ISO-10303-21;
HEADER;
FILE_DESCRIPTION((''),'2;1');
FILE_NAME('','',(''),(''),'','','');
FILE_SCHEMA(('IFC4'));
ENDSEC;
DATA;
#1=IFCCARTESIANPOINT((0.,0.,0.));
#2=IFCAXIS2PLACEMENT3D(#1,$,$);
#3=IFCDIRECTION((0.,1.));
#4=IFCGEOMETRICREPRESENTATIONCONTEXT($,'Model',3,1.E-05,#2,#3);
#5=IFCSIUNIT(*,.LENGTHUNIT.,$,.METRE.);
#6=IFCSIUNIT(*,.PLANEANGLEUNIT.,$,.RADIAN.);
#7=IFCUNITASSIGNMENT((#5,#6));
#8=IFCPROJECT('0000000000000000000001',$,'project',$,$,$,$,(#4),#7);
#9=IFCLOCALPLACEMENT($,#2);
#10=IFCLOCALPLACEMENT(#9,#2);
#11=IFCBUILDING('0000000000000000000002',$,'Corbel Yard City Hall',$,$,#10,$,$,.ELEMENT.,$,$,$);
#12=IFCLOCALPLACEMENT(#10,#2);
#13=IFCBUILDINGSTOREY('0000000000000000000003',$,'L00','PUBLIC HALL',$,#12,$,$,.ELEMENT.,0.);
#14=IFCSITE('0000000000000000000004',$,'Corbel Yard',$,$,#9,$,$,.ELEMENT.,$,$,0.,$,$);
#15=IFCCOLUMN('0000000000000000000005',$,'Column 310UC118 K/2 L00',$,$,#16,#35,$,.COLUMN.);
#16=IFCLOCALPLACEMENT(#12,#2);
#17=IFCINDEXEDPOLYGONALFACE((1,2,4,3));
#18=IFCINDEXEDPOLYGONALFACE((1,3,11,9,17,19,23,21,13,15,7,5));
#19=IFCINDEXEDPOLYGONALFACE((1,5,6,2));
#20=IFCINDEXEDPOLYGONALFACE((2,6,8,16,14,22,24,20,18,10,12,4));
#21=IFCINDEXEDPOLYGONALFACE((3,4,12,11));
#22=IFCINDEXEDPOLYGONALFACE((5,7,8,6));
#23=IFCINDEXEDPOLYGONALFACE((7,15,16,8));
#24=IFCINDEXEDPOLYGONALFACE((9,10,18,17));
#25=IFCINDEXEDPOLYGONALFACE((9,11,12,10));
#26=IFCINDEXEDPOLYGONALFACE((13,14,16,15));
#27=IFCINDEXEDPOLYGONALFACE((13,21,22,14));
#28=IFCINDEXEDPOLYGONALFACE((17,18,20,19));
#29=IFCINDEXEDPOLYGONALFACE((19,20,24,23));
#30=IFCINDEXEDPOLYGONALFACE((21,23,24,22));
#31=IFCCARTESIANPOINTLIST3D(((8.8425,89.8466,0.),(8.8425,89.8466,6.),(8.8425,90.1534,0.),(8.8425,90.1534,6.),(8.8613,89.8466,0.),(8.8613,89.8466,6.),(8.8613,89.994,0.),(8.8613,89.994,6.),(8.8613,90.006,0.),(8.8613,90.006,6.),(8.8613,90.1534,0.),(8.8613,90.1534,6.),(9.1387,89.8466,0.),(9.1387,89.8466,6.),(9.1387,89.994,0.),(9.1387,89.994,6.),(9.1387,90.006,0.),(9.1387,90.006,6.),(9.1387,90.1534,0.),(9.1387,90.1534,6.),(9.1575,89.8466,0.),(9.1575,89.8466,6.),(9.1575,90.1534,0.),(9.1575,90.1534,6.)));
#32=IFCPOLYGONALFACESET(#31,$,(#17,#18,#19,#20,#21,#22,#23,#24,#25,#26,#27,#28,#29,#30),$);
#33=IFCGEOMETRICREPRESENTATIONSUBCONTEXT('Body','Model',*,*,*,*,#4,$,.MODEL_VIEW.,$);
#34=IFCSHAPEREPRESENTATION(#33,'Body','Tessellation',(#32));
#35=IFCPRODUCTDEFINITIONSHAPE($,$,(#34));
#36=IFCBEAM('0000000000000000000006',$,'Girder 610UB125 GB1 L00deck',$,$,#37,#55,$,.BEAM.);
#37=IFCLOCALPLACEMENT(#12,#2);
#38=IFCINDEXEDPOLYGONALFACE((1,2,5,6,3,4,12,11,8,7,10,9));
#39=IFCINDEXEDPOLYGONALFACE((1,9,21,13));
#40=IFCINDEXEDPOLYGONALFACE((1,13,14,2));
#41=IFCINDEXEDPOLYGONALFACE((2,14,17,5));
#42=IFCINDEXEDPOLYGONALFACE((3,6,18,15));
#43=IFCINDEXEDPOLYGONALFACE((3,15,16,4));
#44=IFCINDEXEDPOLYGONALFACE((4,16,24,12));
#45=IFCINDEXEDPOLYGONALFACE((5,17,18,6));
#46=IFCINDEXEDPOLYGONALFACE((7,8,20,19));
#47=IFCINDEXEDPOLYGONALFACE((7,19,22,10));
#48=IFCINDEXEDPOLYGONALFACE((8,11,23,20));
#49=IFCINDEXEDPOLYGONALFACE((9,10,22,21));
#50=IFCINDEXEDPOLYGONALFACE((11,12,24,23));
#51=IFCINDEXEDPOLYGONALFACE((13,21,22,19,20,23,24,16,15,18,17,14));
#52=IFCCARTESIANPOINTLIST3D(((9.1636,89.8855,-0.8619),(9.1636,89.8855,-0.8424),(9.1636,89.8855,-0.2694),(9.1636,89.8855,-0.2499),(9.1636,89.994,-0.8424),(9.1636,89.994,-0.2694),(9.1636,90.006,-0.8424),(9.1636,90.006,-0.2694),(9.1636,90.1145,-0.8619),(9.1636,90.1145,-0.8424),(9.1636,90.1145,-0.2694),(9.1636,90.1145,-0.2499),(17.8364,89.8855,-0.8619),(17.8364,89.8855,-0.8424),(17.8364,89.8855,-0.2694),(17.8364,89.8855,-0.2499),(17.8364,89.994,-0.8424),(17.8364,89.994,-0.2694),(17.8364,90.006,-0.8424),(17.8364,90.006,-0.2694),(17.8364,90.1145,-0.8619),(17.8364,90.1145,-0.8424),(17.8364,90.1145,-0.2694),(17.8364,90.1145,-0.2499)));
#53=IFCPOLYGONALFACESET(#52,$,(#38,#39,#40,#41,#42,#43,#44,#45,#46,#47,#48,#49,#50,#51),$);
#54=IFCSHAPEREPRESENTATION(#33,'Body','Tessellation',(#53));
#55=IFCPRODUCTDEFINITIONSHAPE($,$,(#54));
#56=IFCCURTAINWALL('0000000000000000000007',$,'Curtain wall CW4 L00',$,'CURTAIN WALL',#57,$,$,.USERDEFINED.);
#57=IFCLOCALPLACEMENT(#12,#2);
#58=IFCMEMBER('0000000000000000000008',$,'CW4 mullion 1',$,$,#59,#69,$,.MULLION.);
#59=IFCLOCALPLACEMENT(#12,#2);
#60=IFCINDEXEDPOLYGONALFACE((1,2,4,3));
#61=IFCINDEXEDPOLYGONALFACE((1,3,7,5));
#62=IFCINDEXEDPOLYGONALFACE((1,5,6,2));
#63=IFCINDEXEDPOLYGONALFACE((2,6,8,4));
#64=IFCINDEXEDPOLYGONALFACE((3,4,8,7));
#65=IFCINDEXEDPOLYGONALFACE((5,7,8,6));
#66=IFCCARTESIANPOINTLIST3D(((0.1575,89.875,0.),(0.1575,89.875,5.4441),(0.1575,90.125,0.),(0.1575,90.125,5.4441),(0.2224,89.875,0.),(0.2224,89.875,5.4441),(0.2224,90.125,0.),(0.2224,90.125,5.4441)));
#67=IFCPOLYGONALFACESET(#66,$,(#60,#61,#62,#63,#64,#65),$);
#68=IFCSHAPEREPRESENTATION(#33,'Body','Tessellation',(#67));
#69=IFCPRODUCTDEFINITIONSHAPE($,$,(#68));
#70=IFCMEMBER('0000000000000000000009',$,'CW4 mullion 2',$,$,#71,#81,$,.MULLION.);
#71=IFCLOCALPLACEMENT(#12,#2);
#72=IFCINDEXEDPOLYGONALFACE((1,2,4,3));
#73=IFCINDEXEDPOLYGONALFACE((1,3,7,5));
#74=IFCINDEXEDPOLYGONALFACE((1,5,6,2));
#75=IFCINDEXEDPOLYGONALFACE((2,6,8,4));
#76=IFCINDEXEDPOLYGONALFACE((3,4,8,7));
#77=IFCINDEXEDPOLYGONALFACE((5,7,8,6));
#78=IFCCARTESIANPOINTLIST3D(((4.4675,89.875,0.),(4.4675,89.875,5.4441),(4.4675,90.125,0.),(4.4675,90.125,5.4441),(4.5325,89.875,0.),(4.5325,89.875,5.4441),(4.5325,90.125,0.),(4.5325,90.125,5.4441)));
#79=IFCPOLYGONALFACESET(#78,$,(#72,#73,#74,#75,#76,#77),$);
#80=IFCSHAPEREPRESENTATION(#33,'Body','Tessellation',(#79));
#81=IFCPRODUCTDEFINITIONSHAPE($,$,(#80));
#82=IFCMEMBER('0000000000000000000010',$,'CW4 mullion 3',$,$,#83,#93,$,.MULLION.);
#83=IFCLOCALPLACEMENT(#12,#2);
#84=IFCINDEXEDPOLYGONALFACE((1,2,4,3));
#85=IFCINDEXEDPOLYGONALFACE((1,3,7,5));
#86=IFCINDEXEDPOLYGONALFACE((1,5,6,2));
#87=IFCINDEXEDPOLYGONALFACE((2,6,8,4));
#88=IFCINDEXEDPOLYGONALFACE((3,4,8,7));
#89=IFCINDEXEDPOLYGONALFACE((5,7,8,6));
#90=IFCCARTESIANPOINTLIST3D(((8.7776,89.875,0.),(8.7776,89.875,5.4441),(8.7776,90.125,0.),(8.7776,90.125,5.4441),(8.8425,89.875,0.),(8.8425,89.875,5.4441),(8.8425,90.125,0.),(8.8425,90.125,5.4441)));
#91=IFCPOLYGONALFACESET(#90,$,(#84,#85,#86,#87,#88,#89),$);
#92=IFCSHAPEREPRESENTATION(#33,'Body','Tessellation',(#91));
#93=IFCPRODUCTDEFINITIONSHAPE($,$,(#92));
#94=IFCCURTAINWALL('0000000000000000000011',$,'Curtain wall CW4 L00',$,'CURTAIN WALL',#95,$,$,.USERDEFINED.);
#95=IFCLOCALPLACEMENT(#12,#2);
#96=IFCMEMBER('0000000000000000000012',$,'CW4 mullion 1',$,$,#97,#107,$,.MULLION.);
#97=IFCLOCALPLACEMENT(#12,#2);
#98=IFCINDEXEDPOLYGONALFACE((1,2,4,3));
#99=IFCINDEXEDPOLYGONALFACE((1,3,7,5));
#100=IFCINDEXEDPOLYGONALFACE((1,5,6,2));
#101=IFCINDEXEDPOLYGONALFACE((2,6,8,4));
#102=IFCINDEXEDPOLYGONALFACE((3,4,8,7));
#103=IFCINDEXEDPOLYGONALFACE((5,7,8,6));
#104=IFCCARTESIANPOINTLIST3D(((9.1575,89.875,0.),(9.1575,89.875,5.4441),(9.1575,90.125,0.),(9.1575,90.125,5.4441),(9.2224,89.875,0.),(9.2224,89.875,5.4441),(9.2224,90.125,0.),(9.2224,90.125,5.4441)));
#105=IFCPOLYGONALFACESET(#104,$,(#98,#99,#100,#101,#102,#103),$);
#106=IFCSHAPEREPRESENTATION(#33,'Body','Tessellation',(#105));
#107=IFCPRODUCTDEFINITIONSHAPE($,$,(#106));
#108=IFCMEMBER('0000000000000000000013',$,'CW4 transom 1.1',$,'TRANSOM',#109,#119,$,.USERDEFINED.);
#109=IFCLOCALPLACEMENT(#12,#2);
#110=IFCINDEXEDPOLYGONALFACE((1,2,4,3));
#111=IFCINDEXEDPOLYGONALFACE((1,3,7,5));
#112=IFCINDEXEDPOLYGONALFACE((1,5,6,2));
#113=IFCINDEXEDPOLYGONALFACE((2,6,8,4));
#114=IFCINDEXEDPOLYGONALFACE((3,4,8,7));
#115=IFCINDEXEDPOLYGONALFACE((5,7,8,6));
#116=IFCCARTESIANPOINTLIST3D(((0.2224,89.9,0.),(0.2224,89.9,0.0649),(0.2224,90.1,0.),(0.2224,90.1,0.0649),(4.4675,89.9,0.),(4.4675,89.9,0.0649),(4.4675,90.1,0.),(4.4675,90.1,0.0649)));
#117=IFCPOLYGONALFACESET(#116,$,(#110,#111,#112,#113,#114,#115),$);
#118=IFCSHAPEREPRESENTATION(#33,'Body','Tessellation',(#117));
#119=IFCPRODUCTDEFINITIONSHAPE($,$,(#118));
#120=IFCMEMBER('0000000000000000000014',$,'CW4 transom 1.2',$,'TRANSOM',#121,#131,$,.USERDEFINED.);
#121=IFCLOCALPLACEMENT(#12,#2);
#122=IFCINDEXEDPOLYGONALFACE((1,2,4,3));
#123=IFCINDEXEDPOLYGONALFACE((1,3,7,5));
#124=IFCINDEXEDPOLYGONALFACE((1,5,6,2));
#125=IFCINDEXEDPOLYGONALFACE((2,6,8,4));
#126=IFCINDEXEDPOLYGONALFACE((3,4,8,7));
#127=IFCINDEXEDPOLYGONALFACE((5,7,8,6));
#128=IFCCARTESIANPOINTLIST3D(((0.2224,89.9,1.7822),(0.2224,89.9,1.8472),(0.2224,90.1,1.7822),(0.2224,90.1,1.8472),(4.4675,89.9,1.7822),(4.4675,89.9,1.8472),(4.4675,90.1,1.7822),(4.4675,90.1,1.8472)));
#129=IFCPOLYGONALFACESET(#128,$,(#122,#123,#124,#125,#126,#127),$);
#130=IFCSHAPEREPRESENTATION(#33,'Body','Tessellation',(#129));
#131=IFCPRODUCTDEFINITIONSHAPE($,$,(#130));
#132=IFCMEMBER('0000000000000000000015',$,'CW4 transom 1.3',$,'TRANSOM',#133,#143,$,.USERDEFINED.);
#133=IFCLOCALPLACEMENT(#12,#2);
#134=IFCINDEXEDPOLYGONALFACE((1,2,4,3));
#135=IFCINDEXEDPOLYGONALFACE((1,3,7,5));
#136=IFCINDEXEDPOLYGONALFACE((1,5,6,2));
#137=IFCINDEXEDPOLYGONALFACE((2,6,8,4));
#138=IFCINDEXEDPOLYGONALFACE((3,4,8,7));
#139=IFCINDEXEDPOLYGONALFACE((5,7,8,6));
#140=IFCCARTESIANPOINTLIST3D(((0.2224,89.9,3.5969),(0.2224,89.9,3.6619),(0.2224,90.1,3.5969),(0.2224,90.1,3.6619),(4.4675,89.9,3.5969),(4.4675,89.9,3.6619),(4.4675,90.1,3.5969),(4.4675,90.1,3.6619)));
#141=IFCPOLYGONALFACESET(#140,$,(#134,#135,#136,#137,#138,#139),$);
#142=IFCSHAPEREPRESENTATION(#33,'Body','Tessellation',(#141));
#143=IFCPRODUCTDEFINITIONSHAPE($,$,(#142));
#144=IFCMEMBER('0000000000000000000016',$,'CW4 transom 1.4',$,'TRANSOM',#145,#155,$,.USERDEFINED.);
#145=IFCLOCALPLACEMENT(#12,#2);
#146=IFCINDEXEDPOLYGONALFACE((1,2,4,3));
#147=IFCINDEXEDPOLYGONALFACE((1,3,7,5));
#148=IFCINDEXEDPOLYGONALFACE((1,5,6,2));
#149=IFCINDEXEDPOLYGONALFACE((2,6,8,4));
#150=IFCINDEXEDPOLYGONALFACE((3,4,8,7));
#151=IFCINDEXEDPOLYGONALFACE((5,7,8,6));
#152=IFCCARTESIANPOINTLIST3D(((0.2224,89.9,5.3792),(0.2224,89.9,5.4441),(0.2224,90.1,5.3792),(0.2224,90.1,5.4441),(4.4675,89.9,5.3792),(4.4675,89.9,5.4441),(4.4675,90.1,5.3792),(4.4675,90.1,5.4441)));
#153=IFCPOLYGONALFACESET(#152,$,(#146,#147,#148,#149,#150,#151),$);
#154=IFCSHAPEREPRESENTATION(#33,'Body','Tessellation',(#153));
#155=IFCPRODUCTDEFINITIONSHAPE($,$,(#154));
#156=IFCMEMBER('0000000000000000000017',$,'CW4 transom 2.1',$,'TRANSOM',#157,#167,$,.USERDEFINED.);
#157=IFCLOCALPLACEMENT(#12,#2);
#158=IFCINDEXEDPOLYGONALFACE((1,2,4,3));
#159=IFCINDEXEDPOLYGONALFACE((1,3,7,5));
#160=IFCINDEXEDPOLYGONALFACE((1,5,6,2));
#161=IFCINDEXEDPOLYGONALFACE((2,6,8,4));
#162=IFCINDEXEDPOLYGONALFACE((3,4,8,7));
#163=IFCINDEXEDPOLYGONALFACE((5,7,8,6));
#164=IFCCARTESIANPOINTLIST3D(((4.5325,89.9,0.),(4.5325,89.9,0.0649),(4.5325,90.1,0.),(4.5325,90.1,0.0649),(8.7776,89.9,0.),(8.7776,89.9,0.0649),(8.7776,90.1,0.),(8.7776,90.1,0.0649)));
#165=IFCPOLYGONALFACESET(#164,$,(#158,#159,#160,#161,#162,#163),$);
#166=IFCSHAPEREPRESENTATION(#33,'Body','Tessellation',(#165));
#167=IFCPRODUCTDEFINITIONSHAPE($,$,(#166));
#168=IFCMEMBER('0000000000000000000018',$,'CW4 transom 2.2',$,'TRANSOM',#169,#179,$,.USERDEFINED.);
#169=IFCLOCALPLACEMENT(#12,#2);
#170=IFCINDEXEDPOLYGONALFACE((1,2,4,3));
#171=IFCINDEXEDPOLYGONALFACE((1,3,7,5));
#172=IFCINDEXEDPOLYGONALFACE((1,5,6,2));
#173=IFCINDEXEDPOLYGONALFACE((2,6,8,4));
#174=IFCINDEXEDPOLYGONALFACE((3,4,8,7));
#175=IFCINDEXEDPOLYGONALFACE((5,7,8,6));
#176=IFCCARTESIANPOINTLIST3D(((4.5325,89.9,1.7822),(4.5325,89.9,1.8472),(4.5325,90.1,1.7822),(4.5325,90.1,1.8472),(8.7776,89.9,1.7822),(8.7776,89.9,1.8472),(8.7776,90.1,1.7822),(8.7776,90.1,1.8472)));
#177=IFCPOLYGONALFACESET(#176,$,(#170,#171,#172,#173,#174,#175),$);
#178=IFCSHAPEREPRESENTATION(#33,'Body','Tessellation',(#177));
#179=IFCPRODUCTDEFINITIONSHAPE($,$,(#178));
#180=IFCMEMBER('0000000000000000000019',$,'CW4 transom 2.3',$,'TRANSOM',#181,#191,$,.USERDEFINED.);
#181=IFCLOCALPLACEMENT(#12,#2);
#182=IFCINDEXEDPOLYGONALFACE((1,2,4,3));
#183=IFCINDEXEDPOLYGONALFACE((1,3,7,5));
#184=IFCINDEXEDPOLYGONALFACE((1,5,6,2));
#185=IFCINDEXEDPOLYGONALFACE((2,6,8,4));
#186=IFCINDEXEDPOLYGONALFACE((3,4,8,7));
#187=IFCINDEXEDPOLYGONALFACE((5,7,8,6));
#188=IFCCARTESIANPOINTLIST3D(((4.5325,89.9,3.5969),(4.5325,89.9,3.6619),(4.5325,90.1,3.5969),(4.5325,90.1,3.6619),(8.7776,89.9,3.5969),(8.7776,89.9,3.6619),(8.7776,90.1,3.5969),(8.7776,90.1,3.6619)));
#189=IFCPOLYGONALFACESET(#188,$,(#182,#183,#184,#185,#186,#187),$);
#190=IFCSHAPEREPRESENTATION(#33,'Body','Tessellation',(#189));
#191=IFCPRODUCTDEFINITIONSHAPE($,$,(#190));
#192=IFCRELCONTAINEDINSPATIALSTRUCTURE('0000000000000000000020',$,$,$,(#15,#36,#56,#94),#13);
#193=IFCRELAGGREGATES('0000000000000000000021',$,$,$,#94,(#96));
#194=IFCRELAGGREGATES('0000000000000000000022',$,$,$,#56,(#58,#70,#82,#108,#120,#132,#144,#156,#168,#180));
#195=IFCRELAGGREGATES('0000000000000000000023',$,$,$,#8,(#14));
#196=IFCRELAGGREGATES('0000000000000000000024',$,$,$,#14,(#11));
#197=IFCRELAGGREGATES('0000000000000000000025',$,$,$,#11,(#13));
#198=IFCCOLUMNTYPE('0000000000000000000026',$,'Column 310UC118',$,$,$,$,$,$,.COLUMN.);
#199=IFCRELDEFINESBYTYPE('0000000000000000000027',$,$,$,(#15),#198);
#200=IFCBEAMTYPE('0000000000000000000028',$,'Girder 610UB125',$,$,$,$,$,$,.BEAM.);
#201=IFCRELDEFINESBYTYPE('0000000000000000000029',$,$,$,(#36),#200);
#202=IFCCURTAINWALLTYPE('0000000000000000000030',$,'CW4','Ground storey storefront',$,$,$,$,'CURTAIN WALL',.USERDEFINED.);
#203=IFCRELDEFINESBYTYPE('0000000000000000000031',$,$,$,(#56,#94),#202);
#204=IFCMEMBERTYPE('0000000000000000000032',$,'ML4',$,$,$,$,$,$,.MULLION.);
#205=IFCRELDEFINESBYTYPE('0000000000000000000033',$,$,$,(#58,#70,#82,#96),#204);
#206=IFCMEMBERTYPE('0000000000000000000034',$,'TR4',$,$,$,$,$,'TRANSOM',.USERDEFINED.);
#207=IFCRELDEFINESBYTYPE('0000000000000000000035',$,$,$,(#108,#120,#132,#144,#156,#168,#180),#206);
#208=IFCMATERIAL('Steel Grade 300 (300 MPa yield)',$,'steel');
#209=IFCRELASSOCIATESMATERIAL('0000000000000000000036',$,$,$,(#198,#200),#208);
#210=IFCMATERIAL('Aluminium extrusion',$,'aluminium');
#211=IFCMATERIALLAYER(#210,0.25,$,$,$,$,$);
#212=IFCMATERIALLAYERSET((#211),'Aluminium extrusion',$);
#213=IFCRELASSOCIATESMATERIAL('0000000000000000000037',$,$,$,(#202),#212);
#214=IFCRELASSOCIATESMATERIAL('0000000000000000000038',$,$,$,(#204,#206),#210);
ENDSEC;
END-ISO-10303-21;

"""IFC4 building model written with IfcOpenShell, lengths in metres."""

from ifc_helpers import new_model, si_unit, direction, frame, origin, origin_2d, place, context, subcontext, project, spatial, rectangle, i_section, extrude, material, layer, layer_set, material_profile, profile_set, type_object, element, aggregate, save


model = new_model("IFC4")

# Units and contexts
model_context = context("Model", 3, precision=1e-05, world=origin(), true_north=direction((0.0, 1.0)))
body_context = subcontext(model_context, "Body", "Model", "MODEL_VIEW")
ifc_project = project(units=[si_unit("LENGTHUNIT", "METRE"), si_unit("PLANEANGLEUNIT", "RADIAN")], contexts=[model_context])

# Site, building, storey
site_placement = place(None, origin())
site = spatial("IfcSite", under=ifc_project, at=site_placement, Name="Corbel Yard", CompositionType="ELEMENT", RefElevation=0.0)
building_placement = place(site_placement, origin())
building = spatial("IfcBuilding", under=site, at=building_placement, Name="Corbel Yard City Hall", CompositionType="ELEMENT")
storey_placement = place(building_placement, origin())
storey = spatial("IfcBuildingStorey", under=building, at=storey_placement, Name="L00", Description="PUBLIC HALL", CompositionType="ELEMENT", Elevation=0.0)

# Column
ifc_material_1 = material(Name="Steel Grade 300 (300 MPa yield)", Category="steel")
ifc_material_profile_1 = material_profile(ifc_material_1, i_section(OverallWidth=0.3069, OverallDepth=0.3149, WebThickness=0.012, FlangeThickness=0.0188, at=origin_2d()), Name="310UC118")
ifc_profile_set_1 = profile_set([ifc_material_profile_1], Name="Steel Grade 300 (300 MPa yield)")
column_type = type_object("IfcColumnType", Name="Column 310UC118", PredefinedType="COLUMN", material=ifc_profile_set_1)
column_placement = place(storey_placement, frame((9.0, 90.0, 0.0), z_axis=(0.0, 0.0, 1.0), x_axis=(0.0, 1.0, 0.0)))
element("IfcColumn", 1, at=column_placement, inside=storey, type_object=column_type, Name="Column 310UC118 K/2 L00", PredefinedType="COLUMN", context=body_context, shape_type="SweptSolid", body=[
    extrude(i_section(OverallWidth=0.3069, OverallDepth=0.3149, WebThickness=0.012, FlangeThickness=0.0188, at=origin_2d()), origin(), (0.0, 0.0, 1.0), 6.0),
])

# Beam
ifc_material_profile_2 = material_profile(ifc_material_1, i_section(OverallWidth=0.229, OverallDepth=0.6121, WebThickness=0.012, FlangeThickness=0.0195, at=origin_2d()), Name="610UB125")
ifc_profile_set_2 = profile_set([ifc_material_profile_2], Name="Steel Grade 300 (300 MPa yield)")
beam_type = type_object("IfcBeamType", Name="Girder 610UB125", PredefinedType="BEAM", material=ifc_profile_set_2)
beam_placement = place(storey_placement, frame((9.1636, 90.0, -0.5559), z_axis=(1.0, 0.0, 0.0), x_axis=(0.0, 1.0, 0.0)))
element("IfcBeam", 2, at=beam_placement, inside=storey, type_object=beam_type, Name="Girder 610UB125 GB1 L00deck", PredefinedType="BEAM", context=body_context, shape_type="SweptSolid", body=[
    extrude(i_section(OverallWidth=0.229, OverallDepth=0.6121, WebThickness=0.012, FlangeThickness=0.0195, at=origin_2d()), origin(), (0.0, 0.0, 1.0), 8.6729),
])

# Curtain wall, members
ifc_material_2 = material(Name="Aluminium extrusion", Category="aluminium")
ifc_layer_1 = layer(ifc_material_2, 0.25)
ifc_layer_set_1 = layer_set([ifc_layer_1], Name="Aluminium extrusion")
curtain_wall_type = type_object("IfcCurtainWallType", Name="CW4", Description="Ground storey storefront", ElementType="CURTAIN WALL", PredefinedType="USERDEFINED", material=ifc_layer_set_1)
curtain_wall_1_placement = place(storey_placement, origin())
curtain_wall_1 = element("IfcCurtainWall", 3, at=curtain_wall_1_placement, inside=storey, type_object=curtain_wall_type, Name="Curtain wall CW4 L00", ObjectType="CURTAIN WALL", PredefinedType="USERDEFINED")
ifc_material_profile_3 = material_profile(ifc_material_2, rectangle(XDim=0.25, YDim=0.0649, at=origin_2d()), Name="250x65")
ifc_profile_set_3 = profile_set([ifc_material_profile_3], Name="Aluminium extrusion")
member_type_1 = type_object("IfcMemberType", Name="ML4", PredefinedType="MULLION", material=ifc_profile_set_3)
member_1_placement = place(storey_placement, frame((0.1899, 90.0, 0.0), z_axis=(0.0, 0.0, 1.0), x_axis=(0.0, 1.0, 0.0)))
member_1 = element("IfcMember", 4, at=member_1_placement, type_object=member_type_1, Name="CW4 mullion 1", PredefinedType="MULLION", context=body_context, shape_type="SweptSolid", body=[
    extrude(rectangle(XDim=0.25, YDim=0.0649, at=origin_2d()), origin(), (0.0, 0.0, 1.0), 5.4441),
])
member_2_placement = place(storey_placement, frame((4.5, 90.0, 0.0), z_axis=(0.0, 0.0, 1.0), x_axis=(0.0, 1.0, 0.0)))
member_2 = element("IfcMember", 5, at=member_2_placement, type_object=member_type_1, Name="CW4 mullion 2", PredefinedType="MULLION", context=body_context, shape_type="SweptSolid", body=[
    extrude(rectangle(XDim=0.25, YDim=0.0649, at=origin_2d()), origin(), (0.0, 0.0, 1.0), 5.4441),
])
member_3_placement = place(storey_placement, frame((8.8101, 90.0, 0.0), z_axis=(0.0, 0.0, 1.0), x_axis=(0.0, 1.0, 0.0)))
member_3 = element("IfcMember", 6, at=member_3_placement, type_object=member_type_1, Name="CW4 mullion 3", PredefinedType="MULLION", context=body_context, shape_type="SweptSolid", body=[
    extrude(rectangle(XDim=0.25, YDim=0.0649, at=origin_2d()), origin(), (0.0, 0.0, 1.0), 5.4441),
])

# Curtain wall, member
curtain_wall_2_placement = place(storey_placement, origin())
curtain_wall_2 = element("IfcCurtainWall", 7, at=curtain_wall_2_placement, inside=storey, type_object=curtain_wall_type, Name="Curtain wall CW4 L00", ObjectType="CURTAIN WALL", PredefinedType="USERDEFINED")
member_4_placement = place(storey_placement, frame((9.1899, 90.0, 0.0), z_axis=(0.0, 0.0, 1.0), x_axis=(0.0, 1.0, 0.0)))
member_4 = element("IfcMember", 8, at=member_4_placement, type_object=member_type_1, Name="CW4 mullion 1", PredefinedType="MULLION", context=body_context, shape_type="SweptSolid", body=[
    extrude(rectangle(XDim=0.25, YDim=0.0649, at=origin_2d()), origin(), (0.0, 0.0, 1.0), 5.4441),
])

# Members
ifc_material_profile_4 = material_profile(ifc_material_2, rectangle(XDim=0.2, YDim=0.0649, at=origin_2d()), Name="200x65")
ifc_profile_set_4 = profile_set([ifc_material_profile_4], Name="Aluminium extrusion")
member_type_2 = type_object("IfcMemberType", Name="TR4", ElementType="TRANSOM", PredefinedType="USERDEFINED", material=ifc_profile_set_4)
member_5_placement = place(storey_placement, frame((0.2224, 90.0, 0.0325), z_axis=(1.0, 0.0, 0.0), x_axis=(0.0, 1.0, 0.0)))
member_5 = element("IfcMember", 9, at=member_5_placement, type_object=member_type_2, Name="CW4 transom 1.1", ObjectType="TRANSOM", PredefinedType="USERDEFINED", context=body_context, shape_type="SweptSolid", body=[
    extrude(rectangle(XDim=0.2, YDim=0.0649, at=origin_2d()), origin(), (0.0, 0.0, 1.0), 4.2451),
])
member_6_placement = place(storey_placement, frame((0.2224, 90.0, 1.8147), z_axis=(1.0, 0.0, 0.0), x_axis=(0.0, 1.0, 0.0)))
member_6 = element("IfcMember", 10, at=member_6_placement, type_object=member_type_2, Name="CW4 transom 1.2", ObjectType="TRANSOM", PredefinedType="USERDEFINED", context=body_context, shape_type="SweptSolid", body=[
    extrude(rectangle(XDim=0.2, YDim=0.0649, at=origin_2d()), origin(), (0.0, 0.0, 1.0), 4.2451),
])
member_7_placement = place(storey_placement, frame((0.2224, 90.0, 3.6294), z_axis=(1.0, 0.0, 0.0), x_axis=(0.0, 1.0, 0.0)))
member_7 = element("IfcMember", 11, at=member_7_placement, type_object=member_type_2, Name="CW4 transom 1.3", ObjectType="TRANSOM", PredefinedType="USERDEFINED", context=body_context, shape_type="SweptSolid", body=[
    extrude(rectangle(XDim=0.2, YDim=0.0649, at=origin_2d()), origin(), (0.0, 0.0, 1.0), 4.2451),
])
member_8_placement = place(storey_placement, frame((0.2224, 90.0, 5.4116), z_axis=(1.0, 0.0, 0.0), x_axis=(0.0, 1.0, 0.0)))
member_8 = element("IfcMember", 12, at=member_8_placement, type_object=member_type_2, Name="CW4 transom 1.4", ObjectType="TRANSOM", PredefinedType="USERDEFINED", context=body_context, shape_type="SweptSolid", body=[
    extrude(rectangle(XDim=0.2, YDim=0.0649, at=origin_2d()), origin(), (0.0, 0.0, 1.0), 4.2451),
])
member_9_placement = place(storey_placement, frame((4.5325, 90.0, 0.0325), z_axis=(1.0, 0.0, 0.0), x_axis=(0.0, 1.0, 0.0)))
member_9 = element("IfcMember", 13, at=member_9_placement, type_object=member_type_2, Name="CW4 transom 2.1", ObjectType="TRANSOM", PredefinedType="USERDEFINED", context=body_context, shape_type="SweptSolid", body=[
    extrude(rectangle(XDim=0.2, YDim=0.0649, at=origin_2d()), origin(), (0.0, 0.0, 1.0), 4.2451),
])
member_10_placement = place(storey_placement, frame((4.5325, 90.0, 1.8147), z_axis=(1.0, 0.0, 0.0), x_axis=(0.0, 1.0, 0.0)))
member_10 = element("IfcMember", 14, at=member_10_placement, type_object=member_type_2, Name="CW4 transom 2.2", ObjectType="TRANSOM", PredefinedType="USERDEFINED", context=body_context, shape_type="SweptSolid", body=[
    extrude(rectangle(XDim=0.2, YDim=0.0649, at=origin_2d()), origin(), (0.0, 0.0, 1.0), 4.2451),
])
member_11_placement = place(storey_placement, frame((4.5325, 90.0, 3.6294), z_axis=(1.0, 0.0, 0.0), x_axis=(0.0, 1.0, 0.0)))
member_11 = element("IfcMember", 15, at=member_11_placement, type_object=member_type_2, Name="CW4 transom 2.3", ObjectType="TRANSOM", PredefinedType="USERDEFINED", context=body_context, shape_type="SweptSolid", body=[
    extrude(rectangle(XDim=0.2, YDim=0.0649, at=origin_2d()), origin(), (0.0, 0.0, 1.0), 4.2451),
])
aggregate(curtain_wall_2, [member_4])

aggregate(curtain_wall_1, [member_1, member_2, member_3, member_5, member_6, member_7, member_8, member_9, member_10, member_11])

save(model, "model.ifc")
